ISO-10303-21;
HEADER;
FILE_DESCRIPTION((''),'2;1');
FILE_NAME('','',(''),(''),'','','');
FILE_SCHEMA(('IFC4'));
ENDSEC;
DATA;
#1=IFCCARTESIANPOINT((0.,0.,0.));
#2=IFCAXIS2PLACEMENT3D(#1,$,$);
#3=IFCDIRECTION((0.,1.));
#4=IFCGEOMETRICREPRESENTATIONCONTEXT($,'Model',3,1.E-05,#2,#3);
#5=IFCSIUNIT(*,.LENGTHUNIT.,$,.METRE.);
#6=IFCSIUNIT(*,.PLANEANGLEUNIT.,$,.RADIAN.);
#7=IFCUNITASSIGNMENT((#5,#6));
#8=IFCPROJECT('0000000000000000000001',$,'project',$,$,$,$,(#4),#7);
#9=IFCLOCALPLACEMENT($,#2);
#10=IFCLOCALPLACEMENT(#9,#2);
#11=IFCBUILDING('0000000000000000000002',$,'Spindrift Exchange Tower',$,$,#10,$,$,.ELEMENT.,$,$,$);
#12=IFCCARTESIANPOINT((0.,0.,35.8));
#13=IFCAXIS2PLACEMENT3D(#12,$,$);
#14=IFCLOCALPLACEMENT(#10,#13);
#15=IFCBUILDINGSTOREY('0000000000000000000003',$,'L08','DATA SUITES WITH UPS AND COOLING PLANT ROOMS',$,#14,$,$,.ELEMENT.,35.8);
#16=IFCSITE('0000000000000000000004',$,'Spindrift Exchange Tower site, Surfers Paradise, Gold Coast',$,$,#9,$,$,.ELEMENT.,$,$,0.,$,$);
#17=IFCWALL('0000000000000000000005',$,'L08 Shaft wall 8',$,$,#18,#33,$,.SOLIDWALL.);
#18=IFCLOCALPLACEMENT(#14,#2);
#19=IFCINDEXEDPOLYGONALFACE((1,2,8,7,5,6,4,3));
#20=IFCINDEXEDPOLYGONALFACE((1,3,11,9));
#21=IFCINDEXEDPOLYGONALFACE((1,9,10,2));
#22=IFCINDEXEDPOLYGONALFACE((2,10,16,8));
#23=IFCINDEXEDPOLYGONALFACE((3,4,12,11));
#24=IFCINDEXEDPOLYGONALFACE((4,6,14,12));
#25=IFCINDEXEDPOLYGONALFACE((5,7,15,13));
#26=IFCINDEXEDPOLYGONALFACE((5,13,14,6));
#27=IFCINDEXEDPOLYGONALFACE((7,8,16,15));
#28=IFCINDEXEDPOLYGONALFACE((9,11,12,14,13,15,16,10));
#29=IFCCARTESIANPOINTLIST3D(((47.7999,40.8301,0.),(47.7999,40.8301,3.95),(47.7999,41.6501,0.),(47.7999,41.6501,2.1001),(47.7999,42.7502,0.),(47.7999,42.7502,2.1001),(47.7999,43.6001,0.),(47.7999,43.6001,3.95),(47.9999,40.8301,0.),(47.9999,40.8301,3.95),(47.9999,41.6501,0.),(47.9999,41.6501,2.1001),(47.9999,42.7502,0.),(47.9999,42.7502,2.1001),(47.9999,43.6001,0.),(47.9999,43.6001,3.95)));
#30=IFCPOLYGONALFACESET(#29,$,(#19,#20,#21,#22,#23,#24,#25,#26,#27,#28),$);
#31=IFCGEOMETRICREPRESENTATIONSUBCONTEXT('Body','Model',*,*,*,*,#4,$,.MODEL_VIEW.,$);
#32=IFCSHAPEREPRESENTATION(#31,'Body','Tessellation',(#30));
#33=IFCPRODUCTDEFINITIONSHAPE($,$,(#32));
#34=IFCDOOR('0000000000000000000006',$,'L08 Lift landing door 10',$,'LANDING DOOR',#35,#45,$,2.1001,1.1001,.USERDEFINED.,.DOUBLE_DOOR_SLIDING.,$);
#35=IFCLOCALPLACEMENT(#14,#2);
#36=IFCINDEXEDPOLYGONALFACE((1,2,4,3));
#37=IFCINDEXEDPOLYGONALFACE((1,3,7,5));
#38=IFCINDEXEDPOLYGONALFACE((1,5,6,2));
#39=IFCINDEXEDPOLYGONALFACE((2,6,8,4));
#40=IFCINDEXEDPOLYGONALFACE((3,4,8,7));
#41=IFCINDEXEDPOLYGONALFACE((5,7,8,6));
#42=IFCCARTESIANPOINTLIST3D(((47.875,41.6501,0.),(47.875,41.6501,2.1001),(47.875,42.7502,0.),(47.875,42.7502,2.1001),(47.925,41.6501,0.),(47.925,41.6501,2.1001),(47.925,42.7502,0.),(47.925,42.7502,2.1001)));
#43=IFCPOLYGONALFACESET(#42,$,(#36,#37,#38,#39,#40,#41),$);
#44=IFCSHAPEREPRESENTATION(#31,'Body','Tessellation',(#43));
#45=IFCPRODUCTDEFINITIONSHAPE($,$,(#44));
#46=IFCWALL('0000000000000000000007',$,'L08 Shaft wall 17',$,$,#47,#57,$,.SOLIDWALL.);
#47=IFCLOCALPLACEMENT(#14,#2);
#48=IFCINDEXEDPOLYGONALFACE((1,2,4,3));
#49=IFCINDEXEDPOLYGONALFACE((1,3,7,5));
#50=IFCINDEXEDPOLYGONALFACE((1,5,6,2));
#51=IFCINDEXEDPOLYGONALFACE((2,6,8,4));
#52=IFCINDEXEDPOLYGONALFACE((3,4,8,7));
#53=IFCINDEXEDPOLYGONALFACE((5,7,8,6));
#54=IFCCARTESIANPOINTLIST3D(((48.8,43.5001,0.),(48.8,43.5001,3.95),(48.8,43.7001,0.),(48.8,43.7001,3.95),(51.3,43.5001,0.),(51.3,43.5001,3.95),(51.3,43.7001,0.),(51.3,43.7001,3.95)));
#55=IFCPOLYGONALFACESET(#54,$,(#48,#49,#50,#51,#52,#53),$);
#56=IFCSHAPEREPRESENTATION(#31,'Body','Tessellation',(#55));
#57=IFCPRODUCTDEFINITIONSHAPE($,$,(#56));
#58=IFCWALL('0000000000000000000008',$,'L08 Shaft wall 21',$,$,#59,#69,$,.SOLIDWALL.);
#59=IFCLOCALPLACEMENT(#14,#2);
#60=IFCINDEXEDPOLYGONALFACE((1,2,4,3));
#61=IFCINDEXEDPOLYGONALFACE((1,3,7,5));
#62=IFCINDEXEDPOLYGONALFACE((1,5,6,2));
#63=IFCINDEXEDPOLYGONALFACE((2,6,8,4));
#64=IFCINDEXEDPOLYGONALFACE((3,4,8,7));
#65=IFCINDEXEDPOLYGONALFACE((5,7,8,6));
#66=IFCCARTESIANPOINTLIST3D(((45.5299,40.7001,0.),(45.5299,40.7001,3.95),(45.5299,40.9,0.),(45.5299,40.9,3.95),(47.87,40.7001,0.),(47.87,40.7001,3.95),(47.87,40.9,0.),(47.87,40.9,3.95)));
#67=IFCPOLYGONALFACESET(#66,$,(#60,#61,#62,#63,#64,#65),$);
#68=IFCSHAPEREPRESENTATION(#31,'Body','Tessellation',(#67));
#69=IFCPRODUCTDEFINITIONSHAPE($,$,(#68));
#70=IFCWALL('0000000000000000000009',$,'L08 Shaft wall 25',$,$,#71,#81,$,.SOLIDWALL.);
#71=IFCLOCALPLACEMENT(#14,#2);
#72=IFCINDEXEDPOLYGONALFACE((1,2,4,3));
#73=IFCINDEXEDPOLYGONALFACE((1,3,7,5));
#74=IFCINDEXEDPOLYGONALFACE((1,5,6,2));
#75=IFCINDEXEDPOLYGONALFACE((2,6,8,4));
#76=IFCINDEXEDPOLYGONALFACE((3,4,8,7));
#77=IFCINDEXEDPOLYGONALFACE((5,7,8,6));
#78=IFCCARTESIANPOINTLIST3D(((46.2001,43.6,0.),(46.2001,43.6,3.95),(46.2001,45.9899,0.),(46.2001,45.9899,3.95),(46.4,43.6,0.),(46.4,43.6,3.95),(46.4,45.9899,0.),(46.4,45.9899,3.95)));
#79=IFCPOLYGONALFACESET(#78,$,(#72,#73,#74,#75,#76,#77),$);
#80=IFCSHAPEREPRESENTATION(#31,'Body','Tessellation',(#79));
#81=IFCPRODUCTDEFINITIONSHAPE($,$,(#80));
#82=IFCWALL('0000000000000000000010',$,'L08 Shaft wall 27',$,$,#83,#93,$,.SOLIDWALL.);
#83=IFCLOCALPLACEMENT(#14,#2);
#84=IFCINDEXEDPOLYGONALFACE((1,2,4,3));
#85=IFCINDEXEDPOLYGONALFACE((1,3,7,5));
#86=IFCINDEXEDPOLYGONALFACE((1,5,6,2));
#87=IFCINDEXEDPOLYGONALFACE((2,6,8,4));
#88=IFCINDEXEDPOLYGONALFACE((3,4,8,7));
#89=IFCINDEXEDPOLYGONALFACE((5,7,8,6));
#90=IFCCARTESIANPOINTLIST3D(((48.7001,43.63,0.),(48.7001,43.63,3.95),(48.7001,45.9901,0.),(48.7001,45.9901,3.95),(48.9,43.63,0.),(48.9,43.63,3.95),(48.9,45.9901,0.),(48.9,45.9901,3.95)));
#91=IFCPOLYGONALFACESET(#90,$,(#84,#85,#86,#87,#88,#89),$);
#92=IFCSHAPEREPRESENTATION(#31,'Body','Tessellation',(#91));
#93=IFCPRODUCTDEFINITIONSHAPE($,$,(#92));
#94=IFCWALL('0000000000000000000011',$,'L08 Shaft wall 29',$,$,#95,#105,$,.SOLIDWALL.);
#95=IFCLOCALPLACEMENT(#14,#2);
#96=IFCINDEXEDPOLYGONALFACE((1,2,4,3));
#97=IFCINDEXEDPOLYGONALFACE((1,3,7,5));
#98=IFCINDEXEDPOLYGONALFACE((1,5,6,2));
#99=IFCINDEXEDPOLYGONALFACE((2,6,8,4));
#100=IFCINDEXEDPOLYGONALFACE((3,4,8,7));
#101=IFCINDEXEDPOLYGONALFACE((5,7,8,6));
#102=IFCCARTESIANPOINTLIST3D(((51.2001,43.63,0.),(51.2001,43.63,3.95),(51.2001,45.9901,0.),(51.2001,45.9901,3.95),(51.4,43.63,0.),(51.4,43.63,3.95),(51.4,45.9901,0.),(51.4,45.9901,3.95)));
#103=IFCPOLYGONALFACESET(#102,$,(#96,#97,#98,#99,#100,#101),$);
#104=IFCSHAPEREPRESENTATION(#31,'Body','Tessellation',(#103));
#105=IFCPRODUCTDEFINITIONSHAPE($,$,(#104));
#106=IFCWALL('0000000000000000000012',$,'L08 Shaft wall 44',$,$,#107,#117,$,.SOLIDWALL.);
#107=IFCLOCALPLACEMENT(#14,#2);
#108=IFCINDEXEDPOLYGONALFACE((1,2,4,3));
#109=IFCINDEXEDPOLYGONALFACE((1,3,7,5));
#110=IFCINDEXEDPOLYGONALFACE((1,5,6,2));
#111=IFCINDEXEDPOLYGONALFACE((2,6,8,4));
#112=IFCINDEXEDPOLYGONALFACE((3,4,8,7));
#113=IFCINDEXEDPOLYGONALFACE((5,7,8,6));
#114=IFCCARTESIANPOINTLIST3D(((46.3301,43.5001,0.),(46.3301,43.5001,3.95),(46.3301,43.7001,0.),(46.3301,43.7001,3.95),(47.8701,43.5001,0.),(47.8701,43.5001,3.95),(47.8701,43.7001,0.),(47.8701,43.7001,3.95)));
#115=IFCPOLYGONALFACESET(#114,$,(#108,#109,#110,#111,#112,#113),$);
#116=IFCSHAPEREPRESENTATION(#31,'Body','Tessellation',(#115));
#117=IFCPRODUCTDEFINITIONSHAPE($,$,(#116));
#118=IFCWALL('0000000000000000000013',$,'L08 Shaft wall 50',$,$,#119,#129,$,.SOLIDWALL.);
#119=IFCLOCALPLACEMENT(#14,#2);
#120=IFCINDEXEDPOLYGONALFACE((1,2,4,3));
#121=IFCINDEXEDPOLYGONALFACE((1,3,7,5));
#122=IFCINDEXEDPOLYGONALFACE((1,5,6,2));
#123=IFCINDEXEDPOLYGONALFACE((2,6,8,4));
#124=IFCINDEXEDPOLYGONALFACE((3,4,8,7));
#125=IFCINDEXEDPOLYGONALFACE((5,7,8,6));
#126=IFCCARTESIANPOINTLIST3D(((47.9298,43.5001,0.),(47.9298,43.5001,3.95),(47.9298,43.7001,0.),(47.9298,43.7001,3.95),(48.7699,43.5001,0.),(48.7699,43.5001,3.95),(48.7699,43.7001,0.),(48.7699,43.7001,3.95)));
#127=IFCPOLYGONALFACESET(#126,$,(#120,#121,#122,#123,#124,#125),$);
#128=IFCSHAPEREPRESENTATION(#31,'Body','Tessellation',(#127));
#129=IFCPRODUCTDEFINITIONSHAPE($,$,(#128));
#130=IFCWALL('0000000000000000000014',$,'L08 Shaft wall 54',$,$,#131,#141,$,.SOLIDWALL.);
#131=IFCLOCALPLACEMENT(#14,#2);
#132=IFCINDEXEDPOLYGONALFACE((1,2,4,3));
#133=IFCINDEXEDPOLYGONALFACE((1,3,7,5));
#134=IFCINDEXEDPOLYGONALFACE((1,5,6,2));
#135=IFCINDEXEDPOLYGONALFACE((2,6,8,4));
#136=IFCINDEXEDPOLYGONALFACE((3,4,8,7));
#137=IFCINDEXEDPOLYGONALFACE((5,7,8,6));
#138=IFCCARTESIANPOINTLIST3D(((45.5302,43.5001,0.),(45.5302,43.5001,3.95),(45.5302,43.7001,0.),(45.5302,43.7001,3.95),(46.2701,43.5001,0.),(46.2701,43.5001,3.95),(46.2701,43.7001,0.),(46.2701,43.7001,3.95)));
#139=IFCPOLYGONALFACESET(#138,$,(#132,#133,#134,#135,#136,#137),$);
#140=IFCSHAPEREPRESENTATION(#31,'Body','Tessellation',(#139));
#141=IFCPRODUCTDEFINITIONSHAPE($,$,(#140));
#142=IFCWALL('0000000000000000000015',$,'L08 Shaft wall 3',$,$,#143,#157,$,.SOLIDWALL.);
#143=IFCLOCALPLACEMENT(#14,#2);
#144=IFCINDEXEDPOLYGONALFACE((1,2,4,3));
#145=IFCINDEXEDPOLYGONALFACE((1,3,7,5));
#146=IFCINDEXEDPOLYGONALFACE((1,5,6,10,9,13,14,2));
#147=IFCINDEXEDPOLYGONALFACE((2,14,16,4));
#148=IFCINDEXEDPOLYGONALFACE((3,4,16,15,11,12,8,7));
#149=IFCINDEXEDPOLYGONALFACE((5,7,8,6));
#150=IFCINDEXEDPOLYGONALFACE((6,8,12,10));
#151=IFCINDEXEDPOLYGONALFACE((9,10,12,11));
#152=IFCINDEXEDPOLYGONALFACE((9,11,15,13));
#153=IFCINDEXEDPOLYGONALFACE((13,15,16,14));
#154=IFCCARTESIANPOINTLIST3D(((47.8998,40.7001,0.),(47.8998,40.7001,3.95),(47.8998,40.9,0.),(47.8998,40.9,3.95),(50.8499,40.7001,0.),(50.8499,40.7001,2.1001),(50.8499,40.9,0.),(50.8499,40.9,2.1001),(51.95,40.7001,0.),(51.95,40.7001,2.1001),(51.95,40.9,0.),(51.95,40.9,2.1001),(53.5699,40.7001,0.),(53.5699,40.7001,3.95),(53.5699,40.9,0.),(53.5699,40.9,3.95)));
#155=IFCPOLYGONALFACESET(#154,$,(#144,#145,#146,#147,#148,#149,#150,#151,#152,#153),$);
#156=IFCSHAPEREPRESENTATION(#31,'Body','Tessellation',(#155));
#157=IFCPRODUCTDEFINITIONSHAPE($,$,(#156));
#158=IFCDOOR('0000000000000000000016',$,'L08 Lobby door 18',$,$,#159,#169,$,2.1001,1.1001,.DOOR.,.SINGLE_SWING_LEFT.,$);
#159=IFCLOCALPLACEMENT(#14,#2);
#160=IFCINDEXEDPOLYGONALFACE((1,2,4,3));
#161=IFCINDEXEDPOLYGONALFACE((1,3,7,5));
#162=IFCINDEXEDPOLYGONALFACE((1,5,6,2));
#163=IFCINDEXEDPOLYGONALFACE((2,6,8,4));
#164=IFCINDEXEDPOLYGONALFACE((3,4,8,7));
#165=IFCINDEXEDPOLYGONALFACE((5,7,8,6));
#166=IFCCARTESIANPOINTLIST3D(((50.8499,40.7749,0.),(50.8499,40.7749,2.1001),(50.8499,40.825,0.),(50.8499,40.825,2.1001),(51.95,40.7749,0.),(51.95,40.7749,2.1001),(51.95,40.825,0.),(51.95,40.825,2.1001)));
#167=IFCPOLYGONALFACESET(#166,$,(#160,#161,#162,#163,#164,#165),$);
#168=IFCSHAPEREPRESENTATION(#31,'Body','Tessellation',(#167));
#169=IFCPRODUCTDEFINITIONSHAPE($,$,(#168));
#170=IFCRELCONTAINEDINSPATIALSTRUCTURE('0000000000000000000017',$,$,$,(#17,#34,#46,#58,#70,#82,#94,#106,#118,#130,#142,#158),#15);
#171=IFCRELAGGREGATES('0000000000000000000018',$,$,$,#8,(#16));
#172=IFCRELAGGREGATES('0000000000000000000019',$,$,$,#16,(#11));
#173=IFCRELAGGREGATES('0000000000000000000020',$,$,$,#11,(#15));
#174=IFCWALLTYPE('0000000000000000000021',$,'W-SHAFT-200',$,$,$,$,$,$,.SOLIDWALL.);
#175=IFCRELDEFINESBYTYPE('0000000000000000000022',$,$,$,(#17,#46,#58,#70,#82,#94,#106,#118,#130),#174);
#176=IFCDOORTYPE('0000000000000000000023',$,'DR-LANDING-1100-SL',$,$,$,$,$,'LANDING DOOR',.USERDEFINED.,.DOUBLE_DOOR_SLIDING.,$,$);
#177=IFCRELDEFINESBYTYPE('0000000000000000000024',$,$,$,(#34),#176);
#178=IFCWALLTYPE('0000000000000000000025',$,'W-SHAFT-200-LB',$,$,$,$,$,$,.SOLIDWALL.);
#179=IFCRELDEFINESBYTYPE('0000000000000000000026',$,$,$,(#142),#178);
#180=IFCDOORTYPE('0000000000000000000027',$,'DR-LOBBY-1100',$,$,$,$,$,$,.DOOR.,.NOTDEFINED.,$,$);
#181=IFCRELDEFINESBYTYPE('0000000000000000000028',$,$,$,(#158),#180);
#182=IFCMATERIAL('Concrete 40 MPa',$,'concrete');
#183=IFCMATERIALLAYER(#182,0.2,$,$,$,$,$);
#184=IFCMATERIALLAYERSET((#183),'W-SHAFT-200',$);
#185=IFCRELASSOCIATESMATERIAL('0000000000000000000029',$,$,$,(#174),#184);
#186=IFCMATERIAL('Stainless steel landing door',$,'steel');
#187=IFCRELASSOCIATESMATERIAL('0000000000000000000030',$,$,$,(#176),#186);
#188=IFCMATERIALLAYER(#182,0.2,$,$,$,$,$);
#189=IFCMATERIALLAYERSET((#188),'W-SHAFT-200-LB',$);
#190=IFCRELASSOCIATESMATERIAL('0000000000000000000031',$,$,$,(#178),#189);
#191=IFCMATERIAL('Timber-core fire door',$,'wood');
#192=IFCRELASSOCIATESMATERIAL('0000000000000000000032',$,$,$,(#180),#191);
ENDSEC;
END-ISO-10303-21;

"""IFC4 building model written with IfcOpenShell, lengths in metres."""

from ifc_helpers import new_model, si_unit, direction, frame, frame_2d, origin, place, context, subcontext, project, spatial, rectangle, extrude, source, transform, mapped, material, layer, layer_set, type_object, element, fill, save


model = new_model("IFC4")

# Units and contexts
model_context = context("Model", 3, precision=1e-05, world=origin(), true_north=direction((0.0, 1.0)))
body_context = subcontext(model_context, "Body", "Model", "MODEL_VIEW")
ifc_project = project(units=[si_unit("LENGTHUNIT", "METRE"), si_unit("PLANEANGLEUNIT", "RADIAN")], contexts=[model_context])

# Site, building, storey
site_placement = place(None, origin())
site = spatial("IfcSite", under=ifc_project, at=site_placement, Name="Spindrift Exchange Tower site, Surfers Paradise, Gold Coast", CompositionType="ELEMENT", RefElevation=0.0)
building_placement = place(site_placement, origin())
building = spatial("IfcBuilding", under=site, at=building_placement, Name="Spindrift Exchange Tower", CompositionType="ELEMENT")
storey_placement = place(building_placement, frame((0.0, 0.0, 35.8)))
storey = spatial("IfcBuildingStorey", under=building, at=storey_placement, Name="L08", Description="DATA SUITES WITH UPS AND COOLING PLANT ROOMS", CompositionType="ELEMENT", Elevation=35.8)

# Shared definitions
ifc_material_1 = material(Name="Concrete 40 MPa", Category="concrete")
ifc_layer_1 = layer(ifc_material_1, 0.2)
ifc_layer_set_1 = layer_set([ifc_layer_1], Name="W-SHAFT-200")
wall_type_1 = type_object("IfcWallType", Name="W-SHAFT-200", PredefinedType="SOLIDWALL", material=ifc_layer_set_1)

# Wall, opening, door
wall_1_placement = place(storey_placement, frame((47.8999, 40.8301, 0.0), z_axis=(0.0, 0.0, 1.0), x_axis=(0.0, 1.0, 0.0)))
wall_1 = element("IfcWall", 1, at=wall_1_placement, inside=storey, type_object=wall_type_1, Name="L08 Shaft wall 8", PredefinedType="SOLIDWALL", context=body_context, shape_type="SweptSolid", body=[
    extrude(rectangle(XDim=2.77, YDim=0.2, at=frame_2d((1.385, 0.0))), origin(), (0.0, 0.0, 1.0), 3.95),
])
opening_1_placement = place(wall_1_placement, frame((0.8201, 0.0, 0.0)))
opening_1 = element("IfcOpeningElement", 2, at=opening_1_placement, cuts=wall_1, PredefinedType="OPENING", context=body_context, shape_type="SweptSolid", body=[
    extrude(rectangle(XDim=1.1001, YDim=2.1001, at=frame_2d((0.55, 1.05))), frame((0.0, 0.1099, 0.0), z_axis=(0.0, -1.0, 0.0), x_axis=(1.0, 0.0, 0.0)), (0.0, 0.0, 1.0), 0.22),
])
ifc_material_2 = material(Name="Stainless steel landing door", Category="steel")
door_type_1 = type_object("IfcDoorType", Name="DR-LANDING-1100-SL", ElementType="LANDING DOOR", OperationType="DOUBLE_DOOR_SLIDING", PredefinedType="USERDEFINED", material=ifc_material_2)
shared_shape_1 = source(origin(), body_context, "Body", "SweptSolid", [
    extrude(rectangle(XDim=1.1001, YDim=2.1001, at=frame_2d((0.55, 1.05))), frame((0.0, 0.0249, 0.0), z_axis=(0.0, -1.0, 0.0), x_axis=(1.0, 0.0, 0.0)), (0.0, 0.0, 1.0), 0.05),
])
door_1_placement = place(opening_1_placement, origin())
door_1 = element("IfcDoor", 3, at=door_1_placement, inside=storey, type_object=door_type_1, Name="L08 Lift landing door 10", ObjectType="LANDING DOOR", OperationType="DOUBLE_DOOR_SLIDING", OverallHeight=2.1001, OverallWidth=1.1001, PredefinedType="USERDEFINED", context=body_context, shape_type="MappedRepresentation", body=[
    mapped(shared_shape_1, transform((0.0, 0.0, 0.0), scale=1.0)),
])
fill(opening_1, door_1)

# Walls
wall_2_placement = place(storey_placement, frame((48.8, 43.6001, 0.0), z_axis=(0.0, 0.0, 1.0), x_axis=(1.0, 0.0, 0.0)))
element("IfcWall", 4, at=wall_2_placement, inside=storey, type_object=wall_type_1, Name="L08 Shaft wall 17", PredefinedType="SOLIDWALL", context=body_context, shape_type="SweptSolid", body=[
    extrude(rectangle(XDim=2.5, YDim=0.2, at=frame_2d((1.25, 0.0))), origin(), (0.0, 0.0, 1.0), 3.95),
])
wall_3_placement = place(storey_placement, frame((45.53, 40.8, 0.0), z_axis=(0.0, 0.0, 1.0), x_axis=(1.0, 0.0, 0.0)))
element("IfcWall", 5, at=wall_3_placement, inside=storey, type_object=wall_type_1, Name="L08 Shaft wall 21", PredefinedType="SOLIDWALL", context=body_context, shape_type="SweptSolid", body=[
    extrude(rectangle(XDim=2.3401, YDim=0.2, at=frame_2d((1.1699, 0.0))), origin(), (0.0, 0.0, 1.0), 3.95),
])
wall_4_placement = place(storey_placement, frame((46.3, 43.6001, 0.0), z_axis=(0.0, 0.0, 1.0), x_axis=(0.0, 1.0, 0.0)))
element("IfcWall", 6, at=wall_4_placement, inside=storey, type_object=wall_type_1, Name="L08 Shaft wall 25", PredefinedType="SOLIDWALL", context=body_context, shape_type="SweptSolid", body=[
    extrude(rectangle(XDim=2.3899, YDim=0.2, at=frame_2d((1.1948, 0.0))), origin(), (0.0, 0.0, 1.0), 3.95),
])
for number, where, z_axis, x_axis, name in (
    (7, (48.8, 43.6299, 0.0), (0.0, 0.0, 1.0), (0.0, 1.0, 0.0), "L08 Shaft wall 27"),
    (8, (51.3, 43.6299, 0.0), (0.0, 0.0, 1.0), (0.0, 1.0, 0.0), "L08 Shaft wall 29"),
):
    element("IfcWall", number, at=place(storey_placement, frame(where, z_axis=z_axis, x_axis=x_axis)), inside=storey, type_object=wall_type_1, Name=name, PredefinedType="SOLIDWALL", context=body_context, shape_type="SweptSolid", body=[
        extrude(rectangle(XDim=2.3601, YDim=0.2, at=frame_2d((1.1802, 0.0))), origin(), (0.0, 0.0, 1.0), 3.95),
    ])
wall_5_placement = place(storey_placement, frame((46.3301, 43.6001, 0.0), z_axis=(0.0, 0.0, 1.0), x_axis=(1.0, 0.0, 0.0)))
element("IfcWall", 9, at=wall_5_placement, inside=storey, type_object=wall_type_1, Name="L08 Shaft wall 44", PredefinedType="SOLIDWALL", context=body_context, shape_type="SweptSolid", body=[
    extrude(rectangle(XDim=1.54, YDim=0.2, at=frame_2d((0.77, 0.0))), origin(), (0.0, 0.0, 1.0), 3.95),
])
wall_6_placement = place(storey_placement, frame((47.9299, 43.6001, 0.0), z_axis=(0.0, 0.0, 1.0), x_axis=(1.0, 0.0, 0.0)))
element("IfcWall", 10, at=wall_6_placement, inside=storey, type_object=wall_type_1, Name="L08 Shaft wall 50", PredefinedType="SOLIDWALL", context=body_context, shape_type="SweptSolid", body=[
    extrude(rectangle(XDim=0.8401, YDim=0.2, at=frame_2d((0.4199, 0.0))), origin(), (0.0, 0.0, 1.0), 3.95),
])
wall_7_placement = place(storey_placement, frame((45.53, 43.6001, 0.0), z_axis=(0.0, 0.0, 1.0), x_axis=(1.0, 0.0, 0.0)))
element("IfcWall", 11, at=wall_7_placement, inside=storey, type_object=wall_type_1, Name="L08 Shaft wall 54", PredefinedType="SOLIDWALL", context=body_context, shape_type="SweptSolid", body=[
    extrude(rectangle(XDim=0.74, YDim=0.2, at=frame_2d((0.3701, 0.0))), origin(), (0.0, 0.0, 1.0), 3.95),
])

# Wall, opening, door
ifc_layer_2 = layer(ifc_material_1, 0.2)
ifc_layer_set_2 = layer_set([ifc_layer_2], Name="W-SHAFT-200-LB")
wall_type_2 = type_object("IfcWallType", Name="W-SHAFT-200-LB", PredefinedType="SOLIDWALL", material=ifc_layer_set_2)
wall_8_placement = place(storey_placement, frame((47.8999, 40.8, 0.0), z_axis=(0.0, 0.0, 1.0), x_axis=(1.0, 0.0, 0.0)))
wall_8 = element("IfcWall", 12, at=wall_8_placement, inside=storey, type_object=wall_type_2, Name="L08 Shaft wall 3", PredefinedType="SOLIDWALL", context=body_context, shape_type="SweptSolid", body=[
    extrude(rectangle(XDim=5.6702, YDim=0.2, at=frame_2d((2.835, 0.0))), origin(), (0.0, 0.0, 1.0), 3.95),
])
opening_2_placement = place(wall_8_placement, frame((2.95, 0.0, 0.0)))
opening_2 = element("IfcOpeningElement", 13, at=opening_2_placement, cuts=wall_8, PredefinedType="OPENING", context=body_context, shape_type="SweptSolid", body=[
    extrude(rectangle(XDim=1.1001, YDim=2.1001, at=frame_2d((0.55, 1.05))), frame((0.0, 0.1099, 0.0), z_axis=(0.0, -1.0, 0.0), x_axis=(1.0, 0.0, 0.0)), (0.0, 0.0, 1.0), 0.22),
])
ifc_material_3 = material(Name="Timber-core fire door", Category="wood")
door_type_2 = type_object("IfcDoorType", Name="DR-LOBBY-1100", OperationType="NOTDEFINED", PredefinedType="DOOR", material=ifc_material_3)
shared_shape_2 = source(origin(), body_context, "Body", "SweptSolid", [
    extrude(rectangle(XDim=1.1001, YDim=2.1001, at=frame_2d((0.55, 1.05))), frame((0.0, 0.0249, 0.0), z_axis=(0.0, -1.0, 0.0), x_axis=(1.0, 0.0, 0.0)), (0.0, 0.0, 1.0), 0.05),
])
door_2_placement = place(opening_2_placement, origin())
door_2 = element("IfcDoor", 14, at=door_2_placement, inside=storey, type_object=door_type_2, Name="L08 Lobby door 18", OperationType="SINGLE_SWING_LEFT", OverallHeight=2.1001, OverallWidth=1.1001, PredefinedType="DOOR", context=body_context, shape_type="MappedRepresentation", body=[
    mapped(shared_shape_2, transform((0.0, 0.0, 0.0), scale=1.0)),
])
fill(opening_2, door_2)

save(model, "model.ifc")
